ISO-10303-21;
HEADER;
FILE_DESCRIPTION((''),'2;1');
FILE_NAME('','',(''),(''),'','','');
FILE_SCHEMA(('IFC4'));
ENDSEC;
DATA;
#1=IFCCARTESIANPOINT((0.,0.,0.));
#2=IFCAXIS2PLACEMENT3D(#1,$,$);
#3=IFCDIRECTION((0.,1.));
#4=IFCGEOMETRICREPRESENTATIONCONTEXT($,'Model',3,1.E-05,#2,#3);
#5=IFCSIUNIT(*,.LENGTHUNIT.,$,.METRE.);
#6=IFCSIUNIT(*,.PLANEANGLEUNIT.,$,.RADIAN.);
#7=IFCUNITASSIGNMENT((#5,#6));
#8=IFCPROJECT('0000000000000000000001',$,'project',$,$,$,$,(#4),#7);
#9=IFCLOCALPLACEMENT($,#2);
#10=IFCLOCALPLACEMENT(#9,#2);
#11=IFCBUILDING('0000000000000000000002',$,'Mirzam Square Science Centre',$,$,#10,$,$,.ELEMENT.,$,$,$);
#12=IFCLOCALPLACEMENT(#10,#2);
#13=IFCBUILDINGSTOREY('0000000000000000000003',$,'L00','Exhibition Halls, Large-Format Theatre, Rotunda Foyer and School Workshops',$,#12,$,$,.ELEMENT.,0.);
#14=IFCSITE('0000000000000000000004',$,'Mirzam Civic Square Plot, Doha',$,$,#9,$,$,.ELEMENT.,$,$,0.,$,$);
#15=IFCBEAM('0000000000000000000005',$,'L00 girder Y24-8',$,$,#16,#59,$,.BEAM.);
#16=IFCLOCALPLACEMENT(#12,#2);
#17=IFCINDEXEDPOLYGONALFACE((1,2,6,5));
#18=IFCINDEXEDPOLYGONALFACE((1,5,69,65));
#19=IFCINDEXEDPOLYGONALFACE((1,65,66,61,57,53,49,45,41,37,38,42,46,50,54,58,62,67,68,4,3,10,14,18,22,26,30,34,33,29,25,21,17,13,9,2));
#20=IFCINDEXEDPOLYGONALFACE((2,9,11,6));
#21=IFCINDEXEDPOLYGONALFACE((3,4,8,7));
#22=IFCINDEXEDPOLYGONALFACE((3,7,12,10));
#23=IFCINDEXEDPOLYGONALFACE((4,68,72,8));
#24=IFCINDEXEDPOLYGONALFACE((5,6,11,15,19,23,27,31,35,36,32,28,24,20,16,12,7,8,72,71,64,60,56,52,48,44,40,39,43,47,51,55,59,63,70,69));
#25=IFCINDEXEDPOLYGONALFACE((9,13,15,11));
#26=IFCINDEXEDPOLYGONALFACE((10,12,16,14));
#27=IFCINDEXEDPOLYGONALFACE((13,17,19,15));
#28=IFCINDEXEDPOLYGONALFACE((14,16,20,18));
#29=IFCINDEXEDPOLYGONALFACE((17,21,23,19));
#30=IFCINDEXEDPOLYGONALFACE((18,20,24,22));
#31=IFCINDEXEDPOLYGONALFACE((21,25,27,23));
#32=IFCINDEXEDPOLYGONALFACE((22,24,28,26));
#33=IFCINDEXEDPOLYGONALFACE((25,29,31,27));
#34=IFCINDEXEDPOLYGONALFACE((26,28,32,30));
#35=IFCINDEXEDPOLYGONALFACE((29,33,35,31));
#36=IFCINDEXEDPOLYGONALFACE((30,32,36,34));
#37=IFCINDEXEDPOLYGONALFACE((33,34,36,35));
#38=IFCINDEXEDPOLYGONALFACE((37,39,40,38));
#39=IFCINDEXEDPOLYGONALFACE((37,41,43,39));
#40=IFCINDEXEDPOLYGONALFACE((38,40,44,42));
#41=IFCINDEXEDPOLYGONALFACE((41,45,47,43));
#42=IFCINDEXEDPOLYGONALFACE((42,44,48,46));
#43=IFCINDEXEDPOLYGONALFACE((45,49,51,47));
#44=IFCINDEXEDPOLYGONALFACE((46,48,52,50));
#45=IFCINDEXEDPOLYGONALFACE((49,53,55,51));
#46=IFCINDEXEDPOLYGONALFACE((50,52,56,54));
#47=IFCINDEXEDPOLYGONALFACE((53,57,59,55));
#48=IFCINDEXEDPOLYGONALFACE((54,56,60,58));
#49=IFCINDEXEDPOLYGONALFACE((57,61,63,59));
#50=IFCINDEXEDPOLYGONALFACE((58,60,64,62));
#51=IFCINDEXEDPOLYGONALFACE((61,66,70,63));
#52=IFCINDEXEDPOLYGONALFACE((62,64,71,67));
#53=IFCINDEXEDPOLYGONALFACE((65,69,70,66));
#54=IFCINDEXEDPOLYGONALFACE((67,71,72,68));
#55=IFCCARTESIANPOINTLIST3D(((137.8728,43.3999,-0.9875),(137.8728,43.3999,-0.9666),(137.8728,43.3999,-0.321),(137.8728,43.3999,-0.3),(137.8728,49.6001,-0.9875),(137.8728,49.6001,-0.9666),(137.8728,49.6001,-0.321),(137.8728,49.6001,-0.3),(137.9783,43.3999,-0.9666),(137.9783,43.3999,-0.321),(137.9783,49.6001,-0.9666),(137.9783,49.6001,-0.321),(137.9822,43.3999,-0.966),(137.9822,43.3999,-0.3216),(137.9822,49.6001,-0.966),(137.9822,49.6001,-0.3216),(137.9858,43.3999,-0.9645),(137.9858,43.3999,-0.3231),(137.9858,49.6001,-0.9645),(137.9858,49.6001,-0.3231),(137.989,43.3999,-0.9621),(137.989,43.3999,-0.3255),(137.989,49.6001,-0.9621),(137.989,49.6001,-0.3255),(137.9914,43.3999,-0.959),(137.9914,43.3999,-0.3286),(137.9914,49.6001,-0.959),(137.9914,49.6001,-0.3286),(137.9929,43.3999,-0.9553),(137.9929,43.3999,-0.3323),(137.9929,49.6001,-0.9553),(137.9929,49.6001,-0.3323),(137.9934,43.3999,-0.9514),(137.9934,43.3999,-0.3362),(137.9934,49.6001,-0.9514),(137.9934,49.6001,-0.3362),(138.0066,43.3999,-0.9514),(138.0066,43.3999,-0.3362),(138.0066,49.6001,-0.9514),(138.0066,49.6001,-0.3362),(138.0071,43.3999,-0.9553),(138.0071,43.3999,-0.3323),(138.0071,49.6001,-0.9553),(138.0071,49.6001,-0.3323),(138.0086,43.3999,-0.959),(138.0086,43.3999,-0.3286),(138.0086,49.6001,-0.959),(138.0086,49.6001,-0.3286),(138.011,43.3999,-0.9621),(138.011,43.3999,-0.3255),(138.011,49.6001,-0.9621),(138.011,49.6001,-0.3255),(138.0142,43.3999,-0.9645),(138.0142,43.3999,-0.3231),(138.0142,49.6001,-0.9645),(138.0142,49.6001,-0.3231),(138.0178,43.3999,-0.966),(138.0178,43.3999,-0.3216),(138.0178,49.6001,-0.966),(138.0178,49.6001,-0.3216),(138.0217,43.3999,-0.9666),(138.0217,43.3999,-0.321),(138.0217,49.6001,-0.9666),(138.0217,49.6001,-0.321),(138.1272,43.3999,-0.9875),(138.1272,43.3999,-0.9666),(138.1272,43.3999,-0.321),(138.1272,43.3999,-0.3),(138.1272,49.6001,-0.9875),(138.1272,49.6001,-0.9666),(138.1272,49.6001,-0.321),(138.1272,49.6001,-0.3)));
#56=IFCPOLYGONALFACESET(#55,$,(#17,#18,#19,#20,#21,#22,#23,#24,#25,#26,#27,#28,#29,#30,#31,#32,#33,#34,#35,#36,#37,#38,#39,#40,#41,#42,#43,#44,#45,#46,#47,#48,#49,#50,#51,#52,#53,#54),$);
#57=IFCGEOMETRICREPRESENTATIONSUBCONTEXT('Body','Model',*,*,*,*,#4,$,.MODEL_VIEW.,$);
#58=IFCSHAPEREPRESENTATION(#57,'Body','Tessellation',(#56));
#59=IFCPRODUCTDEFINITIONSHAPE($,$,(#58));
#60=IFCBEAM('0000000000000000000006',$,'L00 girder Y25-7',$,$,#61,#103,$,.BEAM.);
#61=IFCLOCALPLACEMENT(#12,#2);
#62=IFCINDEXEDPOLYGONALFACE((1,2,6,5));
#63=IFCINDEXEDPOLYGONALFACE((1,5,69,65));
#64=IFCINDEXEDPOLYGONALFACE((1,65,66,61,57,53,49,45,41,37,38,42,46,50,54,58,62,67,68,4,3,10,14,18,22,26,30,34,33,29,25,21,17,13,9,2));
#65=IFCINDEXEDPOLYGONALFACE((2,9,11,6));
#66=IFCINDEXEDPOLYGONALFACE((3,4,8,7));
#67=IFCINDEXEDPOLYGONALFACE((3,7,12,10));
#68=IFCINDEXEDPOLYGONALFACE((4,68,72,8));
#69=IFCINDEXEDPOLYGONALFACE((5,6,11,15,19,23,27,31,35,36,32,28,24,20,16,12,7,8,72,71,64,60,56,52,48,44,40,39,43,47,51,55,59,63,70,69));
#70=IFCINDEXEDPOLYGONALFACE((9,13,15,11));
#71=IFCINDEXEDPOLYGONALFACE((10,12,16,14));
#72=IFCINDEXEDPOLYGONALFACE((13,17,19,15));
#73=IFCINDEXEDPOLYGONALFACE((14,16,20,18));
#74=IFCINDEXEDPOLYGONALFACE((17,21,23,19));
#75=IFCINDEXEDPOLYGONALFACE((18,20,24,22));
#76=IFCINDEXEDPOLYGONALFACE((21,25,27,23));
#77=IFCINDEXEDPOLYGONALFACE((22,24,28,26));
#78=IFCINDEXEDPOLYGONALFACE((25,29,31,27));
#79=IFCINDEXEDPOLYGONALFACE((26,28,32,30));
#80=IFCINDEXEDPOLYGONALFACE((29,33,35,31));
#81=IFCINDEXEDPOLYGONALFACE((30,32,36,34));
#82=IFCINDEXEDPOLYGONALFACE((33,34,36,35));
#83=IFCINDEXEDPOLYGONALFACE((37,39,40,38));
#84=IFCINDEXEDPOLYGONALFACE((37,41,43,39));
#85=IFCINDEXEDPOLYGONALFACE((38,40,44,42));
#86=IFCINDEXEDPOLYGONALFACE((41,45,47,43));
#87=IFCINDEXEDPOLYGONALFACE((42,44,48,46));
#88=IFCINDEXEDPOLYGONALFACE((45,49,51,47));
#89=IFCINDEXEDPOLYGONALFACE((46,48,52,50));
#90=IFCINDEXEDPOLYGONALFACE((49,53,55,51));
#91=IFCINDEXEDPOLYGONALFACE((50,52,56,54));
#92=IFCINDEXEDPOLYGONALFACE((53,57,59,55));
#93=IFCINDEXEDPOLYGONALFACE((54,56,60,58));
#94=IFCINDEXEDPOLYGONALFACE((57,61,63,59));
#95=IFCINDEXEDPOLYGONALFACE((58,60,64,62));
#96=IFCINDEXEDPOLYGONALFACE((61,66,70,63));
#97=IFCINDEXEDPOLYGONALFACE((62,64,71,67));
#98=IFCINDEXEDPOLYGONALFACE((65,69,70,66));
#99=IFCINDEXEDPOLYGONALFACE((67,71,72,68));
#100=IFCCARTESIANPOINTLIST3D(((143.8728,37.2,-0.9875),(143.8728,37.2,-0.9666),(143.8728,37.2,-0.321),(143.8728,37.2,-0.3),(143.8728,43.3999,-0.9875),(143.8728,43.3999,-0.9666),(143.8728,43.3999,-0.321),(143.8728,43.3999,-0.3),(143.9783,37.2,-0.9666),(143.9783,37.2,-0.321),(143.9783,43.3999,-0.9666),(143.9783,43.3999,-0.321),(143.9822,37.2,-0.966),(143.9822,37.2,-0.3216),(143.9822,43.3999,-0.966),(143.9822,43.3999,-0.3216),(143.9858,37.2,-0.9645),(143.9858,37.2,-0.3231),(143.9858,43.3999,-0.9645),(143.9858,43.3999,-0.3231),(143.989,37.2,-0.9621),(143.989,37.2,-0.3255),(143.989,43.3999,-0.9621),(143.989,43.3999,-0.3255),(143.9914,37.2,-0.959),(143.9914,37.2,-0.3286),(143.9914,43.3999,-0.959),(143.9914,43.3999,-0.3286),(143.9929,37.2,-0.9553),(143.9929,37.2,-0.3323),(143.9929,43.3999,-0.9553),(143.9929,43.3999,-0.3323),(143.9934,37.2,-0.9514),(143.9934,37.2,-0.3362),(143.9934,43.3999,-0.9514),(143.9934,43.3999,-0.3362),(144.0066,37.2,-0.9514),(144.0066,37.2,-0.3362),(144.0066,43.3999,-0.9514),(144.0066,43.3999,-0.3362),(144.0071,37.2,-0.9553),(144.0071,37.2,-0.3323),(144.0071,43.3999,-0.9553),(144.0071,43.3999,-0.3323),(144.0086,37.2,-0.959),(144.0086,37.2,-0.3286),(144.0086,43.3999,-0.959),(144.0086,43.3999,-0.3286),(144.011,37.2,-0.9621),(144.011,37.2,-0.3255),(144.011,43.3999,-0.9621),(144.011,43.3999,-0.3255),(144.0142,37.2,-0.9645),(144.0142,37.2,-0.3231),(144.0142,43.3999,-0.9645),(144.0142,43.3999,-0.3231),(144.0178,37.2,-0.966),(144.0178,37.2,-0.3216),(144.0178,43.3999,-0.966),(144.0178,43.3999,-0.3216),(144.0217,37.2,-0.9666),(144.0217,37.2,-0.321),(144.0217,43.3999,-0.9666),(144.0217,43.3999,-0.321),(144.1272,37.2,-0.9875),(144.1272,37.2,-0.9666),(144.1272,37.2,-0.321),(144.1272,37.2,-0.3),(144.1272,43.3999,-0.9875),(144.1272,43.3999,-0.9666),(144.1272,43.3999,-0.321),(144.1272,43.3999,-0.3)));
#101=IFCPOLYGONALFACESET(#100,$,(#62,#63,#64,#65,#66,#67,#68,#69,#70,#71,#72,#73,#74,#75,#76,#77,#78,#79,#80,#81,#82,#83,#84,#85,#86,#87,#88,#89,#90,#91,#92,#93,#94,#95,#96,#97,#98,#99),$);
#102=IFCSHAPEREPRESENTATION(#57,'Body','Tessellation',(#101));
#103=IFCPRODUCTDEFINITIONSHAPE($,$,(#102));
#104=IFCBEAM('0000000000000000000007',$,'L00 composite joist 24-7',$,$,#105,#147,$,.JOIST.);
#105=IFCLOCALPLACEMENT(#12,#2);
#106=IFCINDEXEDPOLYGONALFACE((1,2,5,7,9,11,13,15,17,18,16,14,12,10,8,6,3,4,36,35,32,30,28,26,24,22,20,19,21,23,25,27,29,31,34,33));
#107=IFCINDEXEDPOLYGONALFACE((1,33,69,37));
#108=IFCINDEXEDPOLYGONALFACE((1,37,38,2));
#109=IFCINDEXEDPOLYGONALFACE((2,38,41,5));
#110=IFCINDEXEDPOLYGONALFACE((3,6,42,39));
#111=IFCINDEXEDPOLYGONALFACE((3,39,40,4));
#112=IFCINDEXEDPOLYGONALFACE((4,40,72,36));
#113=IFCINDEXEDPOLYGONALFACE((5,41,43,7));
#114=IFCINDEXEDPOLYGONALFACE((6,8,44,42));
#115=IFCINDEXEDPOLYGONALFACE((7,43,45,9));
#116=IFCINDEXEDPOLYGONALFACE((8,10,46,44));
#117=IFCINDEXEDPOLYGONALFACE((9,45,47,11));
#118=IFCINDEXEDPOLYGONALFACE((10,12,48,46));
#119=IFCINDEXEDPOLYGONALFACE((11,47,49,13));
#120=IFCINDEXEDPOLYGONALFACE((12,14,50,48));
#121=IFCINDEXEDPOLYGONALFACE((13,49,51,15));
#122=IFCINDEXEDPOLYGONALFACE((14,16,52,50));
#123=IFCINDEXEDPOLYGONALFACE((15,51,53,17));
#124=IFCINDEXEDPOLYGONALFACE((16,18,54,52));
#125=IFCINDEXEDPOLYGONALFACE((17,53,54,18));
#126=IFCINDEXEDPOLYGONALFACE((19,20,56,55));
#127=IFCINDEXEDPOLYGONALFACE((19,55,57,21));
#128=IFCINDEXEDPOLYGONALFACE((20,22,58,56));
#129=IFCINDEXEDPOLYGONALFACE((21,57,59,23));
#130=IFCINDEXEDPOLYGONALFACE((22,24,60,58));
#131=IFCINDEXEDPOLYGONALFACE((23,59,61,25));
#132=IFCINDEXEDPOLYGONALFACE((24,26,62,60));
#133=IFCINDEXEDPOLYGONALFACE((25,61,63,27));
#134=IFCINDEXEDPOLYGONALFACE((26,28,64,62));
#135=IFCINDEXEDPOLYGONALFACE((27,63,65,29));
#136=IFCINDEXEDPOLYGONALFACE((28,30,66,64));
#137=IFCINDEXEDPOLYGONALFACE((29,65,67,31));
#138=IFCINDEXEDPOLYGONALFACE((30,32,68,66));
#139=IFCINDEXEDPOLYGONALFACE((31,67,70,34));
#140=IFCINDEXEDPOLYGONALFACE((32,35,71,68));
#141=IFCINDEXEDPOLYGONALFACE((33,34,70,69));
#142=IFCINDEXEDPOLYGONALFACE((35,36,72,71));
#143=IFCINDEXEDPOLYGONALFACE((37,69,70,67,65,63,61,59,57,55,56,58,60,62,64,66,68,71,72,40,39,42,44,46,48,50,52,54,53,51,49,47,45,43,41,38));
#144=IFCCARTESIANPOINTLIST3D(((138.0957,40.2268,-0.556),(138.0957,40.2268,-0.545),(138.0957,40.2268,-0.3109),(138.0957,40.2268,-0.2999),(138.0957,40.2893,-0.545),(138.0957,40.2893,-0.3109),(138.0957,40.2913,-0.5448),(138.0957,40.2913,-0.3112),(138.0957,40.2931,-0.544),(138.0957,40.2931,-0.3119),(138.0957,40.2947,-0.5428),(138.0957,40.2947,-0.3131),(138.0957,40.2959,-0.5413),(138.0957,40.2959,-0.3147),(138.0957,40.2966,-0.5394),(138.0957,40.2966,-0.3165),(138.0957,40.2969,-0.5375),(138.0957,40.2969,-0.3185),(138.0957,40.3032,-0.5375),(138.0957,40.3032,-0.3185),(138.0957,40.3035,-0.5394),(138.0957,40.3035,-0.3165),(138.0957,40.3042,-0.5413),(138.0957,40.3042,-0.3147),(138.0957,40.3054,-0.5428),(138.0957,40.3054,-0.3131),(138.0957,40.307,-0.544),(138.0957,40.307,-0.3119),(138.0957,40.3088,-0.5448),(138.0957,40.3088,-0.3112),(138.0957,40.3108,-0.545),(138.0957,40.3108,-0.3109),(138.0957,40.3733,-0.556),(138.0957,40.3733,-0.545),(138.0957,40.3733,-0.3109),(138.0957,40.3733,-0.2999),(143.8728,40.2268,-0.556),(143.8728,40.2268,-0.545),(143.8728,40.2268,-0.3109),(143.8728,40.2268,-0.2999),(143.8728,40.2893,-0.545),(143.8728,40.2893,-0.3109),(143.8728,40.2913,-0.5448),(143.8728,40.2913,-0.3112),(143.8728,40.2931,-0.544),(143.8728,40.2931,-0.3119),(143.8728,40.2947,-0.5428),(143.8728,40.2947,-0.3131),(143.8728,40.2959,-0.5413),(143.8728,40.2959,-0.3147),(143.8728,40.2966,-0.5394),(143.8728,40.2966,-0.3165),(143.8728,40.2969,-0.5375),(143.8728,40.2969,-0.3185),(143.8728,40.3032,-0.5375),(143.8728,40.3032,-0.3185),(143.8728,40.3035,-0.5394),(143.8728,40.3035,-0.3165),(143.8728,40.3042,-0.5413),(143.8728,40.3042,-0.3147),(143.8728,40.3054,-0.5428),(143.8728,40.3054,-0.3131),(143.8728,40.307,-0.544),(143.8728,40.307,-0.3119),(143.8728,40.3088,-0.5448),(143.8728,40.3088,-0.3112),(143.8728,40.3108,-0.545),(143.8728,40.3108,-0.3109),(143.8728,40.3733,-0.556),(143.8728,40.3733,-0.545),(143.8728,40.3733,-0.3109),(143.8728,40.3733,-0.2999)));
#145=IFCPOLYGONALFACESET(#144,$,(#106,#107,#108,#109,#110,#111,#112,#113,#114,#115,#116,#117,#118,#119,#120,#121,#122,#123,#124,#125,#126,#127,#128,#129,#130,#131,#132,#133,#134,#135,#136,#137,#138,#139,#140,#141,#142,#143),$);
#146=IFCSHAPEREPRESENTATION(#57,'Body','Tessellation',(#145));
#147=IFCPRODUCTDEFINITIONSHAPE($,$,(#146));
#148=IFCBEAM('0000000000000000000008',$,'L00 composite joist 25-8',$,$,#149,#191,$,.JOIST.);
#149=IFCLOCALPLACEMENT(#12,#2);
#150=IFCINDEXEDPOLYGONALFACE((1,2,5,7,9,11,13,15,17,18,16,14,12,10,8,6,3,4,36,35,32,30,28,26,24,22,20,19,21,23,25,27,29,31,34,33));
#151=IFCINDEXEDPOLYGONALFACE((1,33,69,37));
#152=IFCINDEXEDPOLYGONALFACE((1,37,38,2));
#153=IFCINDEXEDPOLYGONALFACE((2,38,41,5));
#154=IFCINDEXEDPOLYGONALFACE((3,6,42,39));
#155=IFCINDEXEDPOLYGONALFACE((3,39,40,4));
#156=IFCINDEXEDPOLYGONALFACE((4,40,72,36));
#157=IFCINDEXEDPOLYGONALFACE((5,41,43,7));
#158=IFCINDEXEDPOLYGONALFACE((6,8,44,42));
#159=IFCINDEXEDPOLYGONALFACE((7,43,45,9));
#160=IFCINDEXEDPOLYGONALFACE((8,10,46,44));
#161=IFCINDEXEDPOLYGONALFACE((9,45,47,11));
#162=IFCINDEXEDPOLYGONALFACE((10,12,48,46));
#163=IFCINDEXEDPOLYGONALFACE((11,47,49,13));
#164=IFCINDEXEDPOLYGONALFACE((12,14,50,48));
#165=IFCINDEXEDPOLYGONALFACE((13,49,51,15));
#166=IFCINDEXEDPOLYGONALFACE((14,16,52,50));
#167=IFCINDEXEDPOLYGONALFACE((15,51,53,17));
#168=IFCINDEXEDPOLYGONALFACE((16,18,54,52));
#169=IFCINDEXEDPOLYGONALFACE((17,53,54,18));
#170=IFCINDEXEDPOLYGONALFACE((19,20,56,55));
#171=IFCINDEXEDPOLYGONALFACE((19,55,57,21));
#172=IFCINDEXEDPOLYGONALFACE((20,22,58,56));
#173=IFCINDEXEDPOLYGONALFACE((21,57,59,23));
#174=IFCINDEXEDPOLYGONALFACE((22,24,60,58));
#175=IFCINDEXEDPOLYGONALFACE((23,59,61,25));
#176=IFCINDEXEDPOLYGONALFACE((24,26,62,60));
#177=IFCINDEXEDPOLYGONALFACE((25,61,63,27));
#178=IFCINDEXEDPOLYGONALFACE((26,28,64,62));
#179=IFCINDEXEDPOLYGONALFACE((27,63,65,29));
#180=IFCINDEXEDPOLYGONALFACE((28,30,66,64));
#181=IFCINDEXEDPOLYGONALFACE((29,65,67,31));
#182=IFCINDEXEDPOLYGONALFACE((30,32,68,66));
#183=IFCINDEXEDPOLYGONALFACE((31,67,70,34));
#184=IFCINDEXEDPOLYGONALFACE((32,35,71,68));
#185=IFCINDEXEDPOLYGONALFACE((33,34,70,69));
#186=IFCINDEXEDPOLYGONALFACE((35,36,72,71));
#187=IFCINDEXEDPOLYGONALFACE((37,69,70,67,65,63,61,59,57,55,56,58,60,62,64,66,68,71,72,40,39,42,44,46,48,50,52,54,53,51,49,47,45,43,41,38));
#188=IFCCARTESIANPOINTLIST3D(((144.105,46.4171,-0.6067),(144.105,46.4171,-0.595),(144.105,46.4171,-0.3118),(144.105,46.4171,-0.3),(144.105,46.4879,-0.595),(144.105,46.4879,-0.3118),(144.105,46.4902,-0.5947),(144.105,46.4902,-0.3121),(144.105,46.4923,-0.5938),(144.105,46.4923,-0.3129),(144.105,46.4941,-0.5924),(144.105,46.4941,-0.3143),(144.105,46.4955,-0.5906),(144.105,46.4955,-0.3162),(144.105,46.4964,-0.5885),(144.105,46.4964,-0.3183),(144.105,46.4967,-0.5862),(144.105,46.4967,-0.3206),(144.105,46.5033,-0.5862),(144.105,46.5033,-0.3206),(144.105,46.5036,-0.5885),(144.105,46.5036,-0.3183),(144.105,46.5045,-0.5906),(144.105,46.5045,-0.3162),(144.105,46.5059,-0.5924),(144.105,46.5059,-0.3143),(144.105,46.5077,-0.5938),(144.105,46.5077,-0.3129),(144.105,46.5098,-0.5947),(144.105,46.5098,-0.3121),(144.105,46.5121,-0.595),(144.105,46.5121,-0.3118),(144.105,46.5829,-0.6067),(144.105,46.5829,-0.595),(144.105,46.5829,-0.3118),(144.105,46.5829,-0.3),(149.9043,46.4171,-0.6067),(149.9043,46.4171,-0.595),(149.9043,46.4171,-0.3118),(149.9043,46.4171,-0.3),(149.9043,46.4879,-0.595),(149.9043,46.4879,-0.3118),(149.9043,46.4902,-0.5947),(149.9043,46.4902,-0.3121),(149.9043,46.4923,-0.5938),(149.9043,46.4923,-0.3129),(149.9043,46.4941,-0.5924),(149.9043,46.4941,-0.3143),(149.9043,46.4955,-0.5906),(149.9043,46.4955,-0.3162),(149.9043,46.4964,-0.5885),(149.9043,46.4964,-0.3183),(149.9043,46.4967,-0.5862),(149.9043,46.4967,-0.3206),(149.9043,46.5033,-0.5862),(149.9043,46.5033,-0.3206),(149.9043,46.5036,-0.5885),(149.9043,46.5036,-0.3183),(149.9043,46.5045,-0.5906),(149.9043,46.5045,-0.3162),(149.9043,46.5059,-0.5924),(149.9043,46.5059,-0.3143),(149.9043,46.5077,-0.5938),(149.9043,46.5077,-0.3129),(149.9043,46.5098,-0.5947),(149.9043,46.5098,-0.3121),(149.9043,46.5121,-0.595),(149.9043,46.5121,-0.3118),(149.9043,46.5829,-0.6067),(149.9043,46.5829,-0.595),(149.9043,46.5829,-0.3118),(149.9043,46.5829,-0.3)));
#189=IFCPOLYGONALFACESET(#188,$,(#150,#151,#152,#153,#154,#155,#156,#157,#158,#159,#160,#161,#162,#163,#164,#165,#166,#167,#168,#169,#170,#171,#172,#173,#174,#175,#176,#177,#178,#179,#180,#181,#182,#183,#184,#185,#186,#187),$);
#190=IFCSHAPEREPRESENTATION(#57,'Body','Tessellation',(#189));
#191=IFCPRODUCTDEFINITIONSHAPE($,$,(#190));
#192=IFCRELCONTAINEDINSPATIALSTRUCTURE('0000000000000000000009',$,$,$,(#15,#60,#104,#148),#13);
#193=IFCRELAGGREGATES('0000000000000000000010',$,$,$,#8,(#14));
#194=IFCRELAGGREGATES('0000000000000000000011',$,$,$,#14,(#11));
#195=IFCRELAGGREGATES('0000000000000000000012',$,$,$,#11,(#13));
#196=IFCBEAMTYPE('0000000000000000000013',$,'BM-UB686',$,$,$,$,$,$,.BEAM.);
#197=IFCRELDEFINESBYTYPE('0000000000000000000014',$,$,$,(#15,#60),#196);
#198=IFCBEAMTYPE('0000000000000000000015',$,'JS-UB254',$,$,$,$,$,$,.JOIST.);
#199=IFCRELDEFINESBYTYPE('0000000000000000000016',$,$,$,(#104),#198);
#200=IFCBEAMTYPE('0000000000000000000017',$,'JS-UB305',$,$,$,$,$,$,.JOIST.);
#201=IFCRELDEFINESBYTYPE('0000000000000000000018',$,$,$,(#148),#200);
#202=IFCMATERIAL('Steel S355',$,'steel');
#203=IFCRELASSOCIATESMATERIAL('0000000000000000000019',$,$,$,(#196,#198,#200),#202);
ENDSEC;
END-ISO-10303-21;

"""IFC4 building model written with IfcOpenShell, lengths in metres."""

from ifc_helpers import new_model, si_unit, direction, frame, origin, origin_2d, place, context, subcontext, project, spatial, i_section, extrude, material, material_profile, profile_set, type_object, element, save


model = new_model("IFC4")

# Units and contexts
model_context = context("Model", 3, precision=1e-05, world=origin(), true_north=direction((0.0, 1.0)))
body_context = subcontext(model_context, "Body", "Model", "MODEL_VIEW")
ifc_project = project(units=[si_unit("LENGTHUNIT", "METRE"), si_unit("PLANEANGLEUNIT", "RADIAN")], contexts=[model_context])

# Site, building, storey
site_placement = place(None, origin())
site = spatial("IfcSite", under=ifc_project, at=site_placement, Name="Mirzam Civic Square Plot, Doha", CompositionType="ELEMENT", RefElevation=0.0)
building_placement = place(site_placement, origin())
building = spatial("IfcBuilding", under=site, at=building_placement, Name="Mirzam Square Science Centre", CompositionType="ELEMENT")
storey_placement = place(building_placement, origin())
storey = spatial("IfcBuildingStorey", under=building, at=storey_placement, Name="L00", Description="Exhibition Halls, Large-Format Theatre, Rotunda Foyer and School Workshops", CompositionType="ELEMENT", Elevation=0.0)

# Shared definitions
ifc_material_1 = material(Name="Steel S355", Category="steel")

# Beams
ifc_material_profile_1 = material_profile(ifc_material_1, i_section(OverallWidth=0.2544, OverallDepth=0.6875, WebThickness=0.0132, FlangeThickness=0.021, FilletRadius=0.0151, at=origin_2d()), Name="686x254x152UB")
ifc_profile_set_1 = profile_set([ifc_material_profile_1], Name="Steel S355")
beam_type_1 = type_object("IfcBeamType", Name="BM-UB686", PredefinedType="BEAM", material=ifc_profile_set_1)
beam_1_placement = place(storey_placement, frame((138.0, 43.3999, -0.6438), z_axis=(0.0, 1.0, 0.0), x_axis=(-1.0, 0.0, 0.0)))
element("IfcBeam", 1, at=beam_1_placement, inside=storey, type_object=beam_type_1, Name="L00 girder Y24-8", PredefinedType="BEAM", context=body_context, shape_type="SweptSolid", body=[
    extrude(i_section(OverallWidth=0.2544, OverallDepth=0.6875, WebThickness=0.0132, FlangeThickness=0.021, FilletRadius=0.0151, at=origin_2d()), origin(), (0.0, 0.0, 1.0), 6.2002),
])
beam_2_placement = place(storey_placement, frame((144.0, 37.2, -0.6438), z_axis=(0.0, 1.0, 0.0), x_axis=(-1.0, 0.0, 0.0)))
element("IfcBeam", 2, at=beam_2_placement, inside=storey, type_object=beam_type_1, Name="L00 girder Y25-7", PredefinedType="BEAM", context=body_context, shape_type="SweptSolid", body=[
    extrude(i_section(OverallWidth=0.2544, OverallDepth=0.6875, WebThickness=0.0132, FlangeThickness=0.021, FilletRadius=0.0151, at=origin_2d()), origin(), (0.0, 0.0, 1.0), 6.2),
])
ifc_material_profile_2 = material_profile(ifc_material_1, i_section(OverallWidth=0.1465, OverallDepth=0.2561, WebThickness=0.0063, FlangeThickness=0.011, FilletRadius=0.0076, at=origin_2d()), Name="254x146x37UB")
ifc_profile_set_2 = profile_set([ifc_material_profile_2], Name="Steel S355")
beam_type_2 = type_object("IfcBeamType", Name="JS-UB254", PredefinedType="JOIST", material=ifc_profile_set_2)
beam_3_placement = place(storey_placement, frame((138.0957, 40.3, -0.428), z_axis=(1.0, 0.0, 0.0), x_axis=(0.0, 1.0, 0.0)))
element("IfcBeam", 3, at=beam_3_placement, inside=storey, type_object=beam_type_2, Name="L00 composite joist 24-7", PredefinedType="JOIST", context=body_context, shape_type="SweptSolid", body=[
    extrude(i_section(OverallWidth=0.1465, OverallDepth=0.2561, WebThickness=0.0063, FlangeThickness=0.011, FilletRadius=0.0076, at=origin_2d()), origin(), (0.0, 0.0, 1.0), 5.7771),
])
ifc_material_profile_3 = material_profile(ifc_material_1, i_section(OverallWidth=0.1658, OverallDepth=0.3066, WebThickness=0.0066, FlangeThickness=0.0117, FilletRadius=0.0088, at=origin_2d()), Name="305x165x46UB")
ifc_profile_set_3 = profile_set([ifc_material_profile_3], Name="Steel S355")
beam_type_3 = type_object("IfcBeamType", Name="JS-UB305", PredefinedType="JOIST", material=ifc_profile_set_3)
beam_4_placement = place(storey_placement, frame((144.105, 46.5, -0.4534), z_axis=(1.0, 0.0, 0.0), x_axis=(0.0, 1.0, 0.0)))
element("IfcBeam", 4, at=beam_4_placement, inside=storey, type_object=beam_type_3, Name="L00 composite joist 25-8", PredefinedType="JOIST", context=body_context, shape_type="SweptSolid", body=[
    extrude(i_section(OverallWidth=0.1658, OverallDepth=0.3066, WebThickness=0.0066, FlangeThickness=0.0117, FilletRadius=0.0088, at=origin_2d()), origin(), (0.0, 0.0, 1.0), 5.7993),
])

save(model, "model.ifc")
